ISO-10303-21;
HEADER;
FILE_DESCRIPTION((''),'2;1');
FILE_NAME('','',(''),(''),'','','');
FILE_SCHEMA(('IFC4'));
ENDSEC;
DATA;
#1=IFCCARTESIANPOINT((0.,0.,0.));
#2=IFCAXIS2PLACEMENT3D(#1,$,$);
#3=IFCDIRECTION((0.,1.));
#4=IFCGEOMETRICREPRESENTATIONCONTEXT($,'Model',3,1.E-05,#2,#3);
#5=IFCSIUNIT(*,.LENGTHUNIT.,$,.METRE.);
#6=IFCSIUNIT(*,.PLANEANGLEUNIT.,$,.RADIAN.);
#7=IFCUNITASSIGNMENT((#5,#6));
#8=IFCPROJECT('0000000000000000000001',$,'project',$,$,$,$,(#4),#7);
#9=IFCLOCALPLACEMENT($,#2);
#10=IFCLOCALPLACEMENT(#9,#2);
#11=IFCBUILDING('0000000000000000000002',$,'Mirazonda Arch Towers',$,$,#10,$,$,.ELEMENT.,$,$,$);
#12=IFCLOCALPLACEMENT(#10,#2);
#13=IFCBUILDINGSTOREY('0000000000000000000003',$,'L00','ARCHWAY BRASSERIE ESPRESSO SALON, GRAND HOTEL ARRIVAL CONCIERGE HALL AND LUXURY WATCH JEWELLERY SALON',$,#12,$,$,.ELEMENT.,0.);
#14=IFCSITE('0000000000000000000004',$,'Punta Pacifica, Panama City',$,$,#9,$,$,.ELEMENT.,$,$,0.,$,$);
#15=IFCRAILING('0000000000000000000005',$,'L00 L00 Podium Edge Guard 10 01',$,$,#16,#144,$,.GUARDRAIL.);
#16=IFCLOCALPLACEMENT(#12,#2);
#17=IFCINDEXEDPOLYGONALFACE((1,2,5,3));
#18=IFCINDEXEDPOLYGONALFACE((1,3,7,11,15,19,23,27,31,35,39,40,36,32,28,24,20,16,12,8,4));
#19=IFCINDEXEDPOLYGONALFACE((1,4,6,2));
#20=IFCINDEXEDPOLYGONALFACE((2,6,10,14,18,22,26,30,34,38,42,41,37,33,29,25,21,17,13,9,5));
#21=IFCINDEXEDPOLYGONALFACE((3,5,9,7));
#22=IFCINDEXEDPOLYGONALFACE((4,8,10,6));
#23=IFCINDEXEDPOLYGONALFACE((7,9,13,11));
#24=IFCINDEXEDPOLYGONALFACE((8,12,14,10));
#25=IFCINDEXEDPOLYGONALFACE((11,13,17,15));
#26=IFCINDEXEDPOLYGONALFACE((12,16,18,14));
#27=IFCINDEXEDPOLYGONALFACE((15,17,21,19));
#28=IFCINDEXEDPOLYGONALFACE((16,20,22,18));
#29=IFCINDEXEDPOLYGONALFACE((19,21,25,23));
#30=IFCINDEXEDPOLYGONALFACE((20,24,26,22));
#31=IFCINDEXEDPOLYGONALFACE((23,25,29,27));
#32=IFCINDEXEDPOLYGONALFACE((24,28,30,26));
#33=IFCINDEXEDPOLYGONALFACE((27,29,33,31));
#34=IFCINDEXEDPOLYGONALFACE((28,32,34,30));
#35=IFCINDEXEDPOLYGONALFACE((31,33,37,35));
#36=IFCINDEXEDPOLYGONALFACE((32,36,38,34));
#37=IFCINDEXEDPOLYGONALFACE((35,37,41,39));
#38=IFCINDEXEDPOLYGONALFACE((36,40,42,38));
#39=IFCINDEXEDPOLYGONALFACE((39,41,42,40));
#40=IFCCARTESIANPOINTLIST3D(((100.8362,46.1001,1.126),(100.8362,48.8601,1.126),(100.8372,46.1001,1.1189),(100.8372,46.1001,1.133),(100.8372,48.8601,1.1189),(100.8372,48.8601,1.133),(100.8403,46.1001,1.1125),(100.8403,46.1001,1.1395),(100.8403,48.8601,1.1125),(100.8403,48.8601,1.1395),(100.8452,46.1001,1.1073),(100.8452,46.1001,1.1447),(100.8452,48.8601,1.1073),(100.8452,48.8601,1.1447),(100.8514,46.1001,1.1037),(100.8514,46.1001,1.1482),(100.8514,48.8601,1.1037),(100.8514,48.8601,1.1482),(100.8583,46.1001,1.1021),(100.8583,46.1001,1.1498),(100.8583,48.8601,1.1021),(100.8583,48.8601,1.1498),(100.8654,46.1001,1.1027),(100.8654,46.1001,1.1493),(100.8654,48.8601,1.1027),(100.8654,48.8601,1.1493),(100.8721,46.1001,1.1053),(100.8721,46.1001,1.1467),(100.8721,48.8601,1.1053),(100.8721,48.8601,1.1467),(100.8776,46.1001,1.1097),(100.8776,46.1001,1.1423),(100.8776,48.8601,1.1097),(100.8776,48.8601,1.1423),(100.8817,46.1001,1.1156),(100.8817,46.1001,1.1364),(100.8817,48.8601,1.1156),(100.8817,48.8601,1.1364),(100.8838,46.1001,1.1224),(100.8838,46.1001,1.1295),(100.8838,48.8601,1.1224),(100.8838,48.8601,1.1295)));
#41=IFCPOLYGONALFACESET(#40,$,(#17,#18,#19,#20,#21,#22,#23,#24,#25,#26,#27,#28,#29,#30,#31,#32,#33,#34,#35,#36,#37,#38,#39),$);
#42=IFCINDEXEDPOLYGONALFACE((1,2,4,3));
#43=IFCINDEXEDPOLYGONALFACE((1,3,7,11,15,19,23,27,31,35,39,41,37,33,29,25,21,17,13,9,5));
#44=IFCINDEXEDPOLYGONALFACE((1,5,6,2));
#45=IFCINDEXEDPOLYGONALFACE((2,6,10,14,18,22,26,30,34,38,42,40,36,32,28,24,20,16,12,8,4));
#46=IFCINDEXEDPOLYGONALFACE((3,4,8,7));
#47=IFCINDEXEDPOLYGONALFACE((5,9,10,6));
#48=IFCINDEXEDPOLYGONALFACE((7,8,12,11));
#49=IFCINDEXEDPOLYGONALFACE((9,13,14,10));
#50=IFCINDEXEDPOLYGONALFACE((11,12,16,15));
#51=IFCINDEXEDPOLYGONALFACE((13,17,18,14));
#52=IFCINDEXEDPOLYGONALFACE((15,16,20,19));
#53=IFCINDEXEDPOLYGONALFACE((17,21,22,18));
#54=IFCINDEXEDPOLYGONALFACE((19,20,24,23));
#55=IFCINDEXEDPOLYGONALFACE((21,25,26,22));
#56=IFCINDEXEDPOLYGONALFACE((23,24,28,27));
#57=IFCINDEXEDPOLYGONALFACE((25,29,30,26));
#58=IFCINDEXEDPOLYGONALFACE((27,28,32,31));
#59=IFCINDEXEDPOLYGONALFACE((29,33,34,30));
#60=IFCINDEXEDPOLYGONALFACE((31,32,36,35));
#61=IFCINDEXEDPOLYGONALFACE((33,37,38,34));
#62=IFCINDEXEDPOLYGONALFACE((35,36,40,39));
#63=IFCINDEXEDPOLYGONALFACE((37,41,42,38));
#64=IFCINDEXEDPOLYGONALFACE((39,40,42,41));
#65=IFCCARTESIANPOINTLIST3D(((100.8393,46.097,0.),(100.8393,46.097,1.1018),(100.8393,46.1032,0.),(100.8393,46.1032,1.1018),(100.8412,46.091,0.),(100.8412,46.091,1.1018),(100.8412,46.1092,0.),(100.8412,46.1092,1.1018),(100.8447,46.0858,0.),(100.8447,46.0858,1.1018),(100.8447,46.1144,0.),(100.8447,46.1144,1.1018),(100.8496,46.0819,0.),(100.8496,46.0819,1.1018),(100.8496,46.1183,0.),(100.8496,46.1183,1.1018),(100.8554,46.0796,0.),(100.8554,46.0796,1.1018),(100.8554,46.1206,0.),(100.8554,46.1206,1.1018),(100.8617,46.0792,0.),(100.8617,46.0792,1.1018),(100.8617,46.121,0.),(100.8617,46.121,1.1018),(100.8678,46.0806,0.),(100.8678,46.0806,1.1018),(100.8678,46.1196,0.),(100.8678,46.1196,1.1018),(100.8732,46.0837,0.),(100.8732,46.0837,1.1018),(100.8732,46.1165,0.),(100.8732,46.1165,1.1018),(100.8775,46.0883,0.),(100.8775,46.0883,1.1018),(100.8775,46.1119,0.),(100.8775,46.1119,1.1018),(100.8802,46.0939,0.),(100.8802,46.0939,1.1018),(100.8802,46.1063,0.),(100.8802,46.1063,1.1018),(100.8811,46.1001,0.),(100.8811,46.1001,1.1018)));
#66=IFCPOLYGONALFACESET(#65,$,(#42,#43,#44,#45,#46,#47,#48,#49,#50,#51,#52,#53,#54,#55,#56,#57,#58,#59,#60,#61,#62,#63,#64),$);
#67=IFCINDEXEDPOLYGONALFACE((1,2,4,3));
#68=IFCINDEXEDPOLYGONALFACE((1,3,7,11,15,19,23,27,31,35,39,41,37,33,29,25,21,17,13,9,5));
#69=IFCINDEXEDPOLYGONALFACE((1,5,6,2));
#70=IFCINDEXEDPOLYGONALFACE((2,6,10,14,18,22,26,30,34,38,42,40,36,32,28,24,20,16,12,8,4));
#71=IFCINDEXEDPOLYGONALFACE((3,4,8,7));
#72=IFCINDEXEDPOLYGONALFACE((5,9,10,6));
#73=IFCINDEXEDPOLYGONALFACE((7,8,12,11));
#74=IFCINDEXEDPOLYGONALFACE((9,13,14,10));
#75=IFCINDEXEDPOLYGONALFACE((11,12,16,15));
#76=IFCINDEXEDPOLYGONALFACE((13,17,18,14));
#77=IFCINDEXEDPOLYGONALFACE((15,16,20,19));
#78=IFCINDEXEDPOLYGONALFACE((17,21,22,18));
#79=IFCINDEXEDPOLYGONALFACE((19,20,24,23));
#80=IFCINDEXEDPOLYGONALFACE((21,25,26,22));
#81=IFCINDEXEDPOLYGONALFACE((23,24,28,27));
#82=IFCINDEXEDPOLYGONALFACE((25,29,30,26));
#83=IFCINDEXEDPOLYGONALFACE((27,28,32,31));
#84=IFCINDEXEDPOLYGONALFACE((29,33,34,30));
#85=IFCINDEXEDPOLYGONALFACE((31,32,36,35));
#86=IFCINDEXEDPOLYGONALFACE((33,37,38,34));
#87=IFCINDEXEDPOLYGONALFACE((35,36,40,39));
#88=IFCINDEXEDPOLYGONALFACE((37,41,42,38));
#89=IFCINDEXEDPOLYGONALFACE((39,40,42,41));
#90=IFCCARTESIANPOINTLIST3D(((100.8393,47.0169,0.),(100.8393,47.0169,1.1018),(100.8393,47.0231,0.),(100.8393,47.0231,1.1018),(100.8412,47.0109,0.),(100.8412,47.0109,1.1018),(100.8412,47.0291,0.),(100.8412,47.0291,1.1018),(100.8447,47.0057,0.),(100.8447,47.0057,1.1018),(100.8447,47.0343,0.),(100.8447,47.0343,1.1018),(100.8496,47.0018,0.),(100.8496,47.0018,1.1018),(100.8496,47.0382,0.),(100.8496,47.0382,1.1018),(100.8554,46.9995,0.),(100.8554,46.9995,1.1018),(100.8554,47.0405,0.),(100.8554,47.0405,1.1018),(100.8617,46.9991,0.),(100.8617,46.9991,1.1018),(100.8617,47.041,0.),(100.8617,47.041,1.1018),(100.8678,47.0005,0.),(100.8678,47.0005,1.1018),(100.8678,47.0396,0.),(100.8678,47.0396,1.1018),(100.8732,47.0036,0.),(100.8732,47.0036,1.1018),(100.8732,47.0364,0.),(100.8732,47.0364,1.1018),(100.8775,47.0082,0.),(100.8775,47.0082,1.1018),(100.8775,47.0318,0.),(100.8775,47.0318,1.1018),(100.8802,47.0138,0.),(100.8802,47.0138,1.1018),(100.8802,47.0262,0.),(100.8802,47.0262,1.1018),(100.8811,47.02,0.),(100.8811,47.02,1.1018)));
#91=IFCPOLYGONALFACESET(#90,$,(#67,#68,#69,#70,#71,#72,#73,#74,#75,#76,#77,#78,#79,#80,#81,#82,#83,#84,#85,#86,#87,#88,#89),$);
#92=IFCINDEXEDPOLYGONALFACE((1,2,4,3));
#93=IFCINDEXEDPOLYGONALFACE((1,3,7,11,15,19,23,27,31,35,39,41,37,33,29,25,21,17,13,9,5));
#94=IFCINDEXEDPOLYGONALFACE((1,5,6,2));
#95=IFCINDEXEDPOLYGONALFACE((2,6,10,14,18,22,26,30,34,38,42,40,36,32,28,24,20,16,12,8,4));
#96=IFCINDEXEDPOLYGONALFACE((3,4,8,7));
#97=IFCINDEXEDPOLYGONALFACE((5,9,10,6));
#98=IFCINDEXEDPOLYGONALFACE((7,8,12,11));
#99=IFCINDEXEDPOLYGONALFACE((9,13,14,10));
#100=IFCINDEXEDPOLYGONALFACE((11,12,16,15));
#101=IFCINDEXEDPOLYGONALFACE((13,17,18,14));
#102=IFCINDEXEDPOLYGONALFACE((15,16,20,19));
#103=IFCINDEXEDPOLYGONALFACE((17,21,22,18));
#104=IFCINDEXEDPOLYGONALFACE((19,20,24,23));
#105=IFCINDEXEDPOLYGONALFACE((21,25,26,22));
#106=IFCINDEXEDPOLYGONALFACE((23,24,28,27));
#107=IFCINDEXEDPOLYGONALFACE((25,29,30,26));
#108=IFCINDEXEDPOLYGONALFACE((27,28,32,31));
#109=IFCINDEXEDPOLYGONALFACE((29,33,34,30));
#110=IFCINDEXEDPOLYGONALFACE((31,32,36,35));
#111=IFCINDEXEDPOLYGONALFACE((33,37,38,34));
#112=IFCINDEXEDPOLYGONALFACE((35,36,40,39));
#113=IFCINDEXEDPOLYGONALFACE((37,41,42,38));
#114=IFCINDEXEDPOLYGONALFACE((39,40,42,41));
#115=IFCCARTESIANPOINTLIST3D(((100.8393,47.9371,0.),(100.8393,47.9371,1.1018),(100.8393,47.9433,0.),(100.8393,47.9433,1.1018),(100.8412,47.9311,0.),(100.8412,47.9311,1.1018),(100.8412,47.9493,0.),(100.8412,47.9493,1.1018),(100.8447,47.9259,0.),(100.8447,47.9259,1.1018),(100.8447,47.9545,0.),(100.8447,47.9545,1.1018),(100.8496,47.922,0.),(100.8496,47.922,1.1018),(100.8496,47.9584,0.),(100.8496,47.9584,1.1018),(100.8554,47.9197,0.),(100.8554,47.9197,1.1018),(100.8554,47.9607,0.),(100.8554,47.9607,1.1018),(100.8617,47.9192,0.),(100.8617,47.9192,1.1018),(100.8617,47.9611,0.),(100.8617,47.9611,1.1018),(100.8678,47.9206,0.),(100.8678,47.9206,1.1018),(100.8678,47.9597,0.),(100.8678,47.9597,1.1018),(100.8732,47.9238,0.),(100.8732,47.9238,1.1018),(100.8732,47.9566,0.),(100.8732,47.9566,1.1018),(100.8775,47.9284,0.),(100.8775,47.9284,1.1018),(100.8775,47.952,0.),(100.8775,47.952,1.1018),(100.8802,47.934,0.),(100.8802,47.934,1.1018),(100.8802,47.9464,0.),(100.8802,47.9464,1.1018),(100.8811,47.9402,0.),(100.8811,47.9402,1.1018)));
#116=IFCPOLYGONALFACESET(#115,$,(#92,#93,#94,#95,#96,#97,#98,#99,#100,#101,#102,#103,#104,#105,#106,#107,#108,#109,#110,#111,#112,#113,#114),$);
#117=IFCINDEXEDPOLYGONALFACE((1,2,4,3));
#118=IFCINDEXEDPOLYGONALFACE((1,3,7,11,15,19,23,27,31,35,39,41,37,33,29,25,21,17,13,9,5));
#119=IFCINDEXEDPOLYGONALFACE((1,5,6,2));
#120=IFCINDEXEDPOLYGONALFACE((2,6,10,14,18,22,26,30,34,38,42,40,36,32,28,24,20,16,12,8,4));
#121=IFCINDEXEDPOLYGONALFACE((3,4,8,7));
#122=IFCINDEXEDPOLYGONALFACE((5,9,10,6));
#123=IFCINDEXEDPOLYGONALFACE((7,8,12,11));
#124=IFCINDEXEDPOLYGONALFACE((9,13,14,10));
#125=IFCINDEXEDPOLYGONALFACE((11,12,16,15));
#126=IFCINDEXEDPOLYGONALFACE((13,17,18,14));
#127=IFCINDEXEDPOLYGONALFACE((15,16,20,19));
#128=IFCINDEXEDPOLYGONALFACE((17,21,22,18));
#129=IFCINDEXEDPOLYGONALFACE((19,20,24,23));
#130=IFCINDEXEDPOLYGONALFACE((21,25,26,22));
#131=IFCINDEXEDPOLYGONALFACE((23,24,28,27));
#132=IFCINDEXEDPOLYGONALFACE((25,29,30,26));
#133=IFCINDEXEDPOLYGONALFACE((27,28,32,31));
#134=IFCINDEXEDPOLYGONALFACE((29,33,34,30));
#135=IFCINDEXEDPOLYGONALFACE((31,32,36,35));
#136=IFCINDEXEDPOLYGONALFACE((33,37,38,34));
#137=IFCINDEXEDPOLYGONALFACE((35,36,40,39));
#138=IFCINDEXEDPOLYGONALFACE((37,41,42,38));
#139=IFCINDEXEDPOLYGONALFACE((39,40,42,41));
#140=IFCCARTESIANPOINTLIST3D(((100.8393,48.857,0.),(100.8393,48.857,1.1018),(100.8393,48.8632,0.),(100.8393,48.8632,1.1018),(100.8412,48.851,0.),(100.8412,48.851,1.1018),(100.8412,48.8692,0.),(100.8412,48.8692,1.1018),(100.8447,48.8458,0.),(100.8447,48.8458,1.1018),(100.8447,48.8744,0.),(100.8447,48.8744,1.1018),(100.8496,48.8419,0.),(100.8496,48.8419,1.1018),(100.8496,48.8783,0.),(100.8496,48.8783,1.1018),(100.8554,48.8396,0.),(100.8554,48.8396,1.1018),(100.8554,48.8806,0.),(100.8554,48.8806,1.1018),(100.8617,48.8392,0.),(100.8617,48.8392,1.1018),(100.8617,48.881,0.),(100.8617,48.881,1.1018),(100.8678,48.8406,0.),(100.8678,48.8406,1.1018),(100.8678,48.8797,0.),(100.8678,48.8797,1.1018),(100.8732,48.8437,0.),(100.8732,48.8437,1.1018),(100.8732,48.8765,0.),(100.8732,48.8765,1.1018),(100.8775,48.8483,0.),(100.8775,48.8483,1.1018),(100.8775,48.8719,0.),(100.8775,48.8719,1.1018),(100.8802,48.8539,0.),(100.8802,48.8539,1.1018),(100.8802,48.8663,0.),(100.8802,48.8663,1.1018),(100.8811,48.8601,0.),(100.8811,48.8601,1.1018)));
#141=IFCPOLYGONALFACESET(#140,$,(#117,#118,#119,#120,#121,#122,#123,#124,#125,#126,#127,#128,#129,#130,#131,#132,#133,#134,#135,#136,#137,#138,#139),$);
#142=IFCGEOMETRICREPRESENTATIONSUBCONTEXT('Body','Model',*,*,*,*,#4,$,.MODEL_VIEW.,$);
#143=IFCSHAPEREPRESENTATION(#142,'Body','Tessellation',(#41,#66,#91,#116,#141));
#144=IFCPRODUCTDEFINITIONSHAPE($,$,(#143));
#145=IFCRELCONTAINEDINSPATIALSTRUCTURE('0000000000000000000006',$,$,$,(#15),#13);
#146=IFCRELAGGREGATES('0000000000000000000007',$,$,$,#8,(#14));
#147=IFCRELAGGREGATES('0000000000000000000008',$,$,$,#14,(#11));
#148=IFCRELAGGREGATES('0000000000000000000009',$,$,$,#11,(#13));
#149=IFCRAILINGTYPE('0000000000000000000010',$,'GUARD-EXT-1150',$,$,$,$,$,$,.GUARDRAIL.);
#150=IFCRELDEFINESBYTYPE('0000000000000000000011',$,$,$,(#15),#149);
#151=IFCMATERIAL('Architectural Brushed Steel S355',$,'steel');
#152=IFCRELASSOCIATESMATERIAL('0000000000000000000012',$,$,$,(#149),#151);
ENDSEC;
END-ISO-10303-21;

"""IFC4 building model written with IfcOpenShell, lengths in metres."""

from ifc_helpers import new_model, si_unit, direction, frame, origin, origin_2d, place, context, subcontext, project, spatial, circle, extrude, material, type_object, element, save


model = new_model("IFC4")

# Units and contexts
model_context = context("Model", 3, precision=1e-05, world=origin(), true_north=direction((0.0, 1.0)))
body_context = subcontext(model_context, "Body", "Model", "MODEL_VIEW")
ifc_project = project(units=[si_unit("LENGTHUNIT", "METRE"), si_unit("PLANEANGLEUNIT", "RADIAN")], contexts=[model_context])

# Site, building, storey
site_placement = place(None, origin())
site = spatial("IfcSite", under=ifc_project, at=site_placement, Name="Punta Pacifica, Panama City", CompositionType="ELEMENT", RefElevation=0.0)
building_placement = place(site_placement, origin())
building = spatial("IfcBuilding", under=site, at=building_placement, Name="Mirazonda Arch Towers", CompositionType="ELEMENT")
storey_placement = place(building_placement, origin())
storey = spatial("IfcBuildingStorey", under=building, at=storey_placement, Name="L00", Description="ARCHWAY BRASSERIE ESPRESSO SALON, GRAND HOTEL ARRIVAL CONCIERGE HALL AND LUXURY WATCH JEWELLERY SALON", CompositionType="ELEMENT", Elevation=0.0)

# Shared definitions
ifc_material_1 = material(Name="Architectural Brushed Steel S355", Category="steel")

# Railing
railing_type_1 = type_object("IfcRailingType", Name="GUARD-EXT-1150", PredefinedType="GUARDRAIL", material=ifc_material_1)
railing_1_placement = place(storey_placement, frame((100.8601, 46.1001, 0.0)))
element("IfcRailing", 1, at=railing_1_placement, inside=storey, type_object=railing_type_1, Name="L00 L00 Podium Edge Guard 10 01", PredefinedType="GUARDRAIL", context=body_context, shape_type="SweptSolid", body=[
    extrude(circle(Radius=0.0239, at=origin_2d()), frame((0.0, 0.0, 1.126), z_axis=(0.0, 1.0, 0.0), x_axis=(-1.0, 0.0, 0.0)), (0.0, 0.0, 1.0), 2.76),
    extrude(circle(Radius=0.021, at=origin_2d()), origin(), (0.0, 0.0, 1.0), 1.1018),
    extrude(circle(Radius=0.021, at=origin_2d()), frame((0.0, 0.9199, 0.0)), (0.0, 0.0, 1.0), 1.1018),
    extrude(circle(Radius=0.021, at=origin_2d()), frame((0.0, 1.8401, 0.0)), (0.0, 0.0, 1.0), 1.1018),
    extrude(circle(Radius=0.021, at=origin_2d()), frame((0.0, 2.76, 0.0)), (0.0, 0.0, 1.0), 1.1018),
])

save(model, "model.ifc")
